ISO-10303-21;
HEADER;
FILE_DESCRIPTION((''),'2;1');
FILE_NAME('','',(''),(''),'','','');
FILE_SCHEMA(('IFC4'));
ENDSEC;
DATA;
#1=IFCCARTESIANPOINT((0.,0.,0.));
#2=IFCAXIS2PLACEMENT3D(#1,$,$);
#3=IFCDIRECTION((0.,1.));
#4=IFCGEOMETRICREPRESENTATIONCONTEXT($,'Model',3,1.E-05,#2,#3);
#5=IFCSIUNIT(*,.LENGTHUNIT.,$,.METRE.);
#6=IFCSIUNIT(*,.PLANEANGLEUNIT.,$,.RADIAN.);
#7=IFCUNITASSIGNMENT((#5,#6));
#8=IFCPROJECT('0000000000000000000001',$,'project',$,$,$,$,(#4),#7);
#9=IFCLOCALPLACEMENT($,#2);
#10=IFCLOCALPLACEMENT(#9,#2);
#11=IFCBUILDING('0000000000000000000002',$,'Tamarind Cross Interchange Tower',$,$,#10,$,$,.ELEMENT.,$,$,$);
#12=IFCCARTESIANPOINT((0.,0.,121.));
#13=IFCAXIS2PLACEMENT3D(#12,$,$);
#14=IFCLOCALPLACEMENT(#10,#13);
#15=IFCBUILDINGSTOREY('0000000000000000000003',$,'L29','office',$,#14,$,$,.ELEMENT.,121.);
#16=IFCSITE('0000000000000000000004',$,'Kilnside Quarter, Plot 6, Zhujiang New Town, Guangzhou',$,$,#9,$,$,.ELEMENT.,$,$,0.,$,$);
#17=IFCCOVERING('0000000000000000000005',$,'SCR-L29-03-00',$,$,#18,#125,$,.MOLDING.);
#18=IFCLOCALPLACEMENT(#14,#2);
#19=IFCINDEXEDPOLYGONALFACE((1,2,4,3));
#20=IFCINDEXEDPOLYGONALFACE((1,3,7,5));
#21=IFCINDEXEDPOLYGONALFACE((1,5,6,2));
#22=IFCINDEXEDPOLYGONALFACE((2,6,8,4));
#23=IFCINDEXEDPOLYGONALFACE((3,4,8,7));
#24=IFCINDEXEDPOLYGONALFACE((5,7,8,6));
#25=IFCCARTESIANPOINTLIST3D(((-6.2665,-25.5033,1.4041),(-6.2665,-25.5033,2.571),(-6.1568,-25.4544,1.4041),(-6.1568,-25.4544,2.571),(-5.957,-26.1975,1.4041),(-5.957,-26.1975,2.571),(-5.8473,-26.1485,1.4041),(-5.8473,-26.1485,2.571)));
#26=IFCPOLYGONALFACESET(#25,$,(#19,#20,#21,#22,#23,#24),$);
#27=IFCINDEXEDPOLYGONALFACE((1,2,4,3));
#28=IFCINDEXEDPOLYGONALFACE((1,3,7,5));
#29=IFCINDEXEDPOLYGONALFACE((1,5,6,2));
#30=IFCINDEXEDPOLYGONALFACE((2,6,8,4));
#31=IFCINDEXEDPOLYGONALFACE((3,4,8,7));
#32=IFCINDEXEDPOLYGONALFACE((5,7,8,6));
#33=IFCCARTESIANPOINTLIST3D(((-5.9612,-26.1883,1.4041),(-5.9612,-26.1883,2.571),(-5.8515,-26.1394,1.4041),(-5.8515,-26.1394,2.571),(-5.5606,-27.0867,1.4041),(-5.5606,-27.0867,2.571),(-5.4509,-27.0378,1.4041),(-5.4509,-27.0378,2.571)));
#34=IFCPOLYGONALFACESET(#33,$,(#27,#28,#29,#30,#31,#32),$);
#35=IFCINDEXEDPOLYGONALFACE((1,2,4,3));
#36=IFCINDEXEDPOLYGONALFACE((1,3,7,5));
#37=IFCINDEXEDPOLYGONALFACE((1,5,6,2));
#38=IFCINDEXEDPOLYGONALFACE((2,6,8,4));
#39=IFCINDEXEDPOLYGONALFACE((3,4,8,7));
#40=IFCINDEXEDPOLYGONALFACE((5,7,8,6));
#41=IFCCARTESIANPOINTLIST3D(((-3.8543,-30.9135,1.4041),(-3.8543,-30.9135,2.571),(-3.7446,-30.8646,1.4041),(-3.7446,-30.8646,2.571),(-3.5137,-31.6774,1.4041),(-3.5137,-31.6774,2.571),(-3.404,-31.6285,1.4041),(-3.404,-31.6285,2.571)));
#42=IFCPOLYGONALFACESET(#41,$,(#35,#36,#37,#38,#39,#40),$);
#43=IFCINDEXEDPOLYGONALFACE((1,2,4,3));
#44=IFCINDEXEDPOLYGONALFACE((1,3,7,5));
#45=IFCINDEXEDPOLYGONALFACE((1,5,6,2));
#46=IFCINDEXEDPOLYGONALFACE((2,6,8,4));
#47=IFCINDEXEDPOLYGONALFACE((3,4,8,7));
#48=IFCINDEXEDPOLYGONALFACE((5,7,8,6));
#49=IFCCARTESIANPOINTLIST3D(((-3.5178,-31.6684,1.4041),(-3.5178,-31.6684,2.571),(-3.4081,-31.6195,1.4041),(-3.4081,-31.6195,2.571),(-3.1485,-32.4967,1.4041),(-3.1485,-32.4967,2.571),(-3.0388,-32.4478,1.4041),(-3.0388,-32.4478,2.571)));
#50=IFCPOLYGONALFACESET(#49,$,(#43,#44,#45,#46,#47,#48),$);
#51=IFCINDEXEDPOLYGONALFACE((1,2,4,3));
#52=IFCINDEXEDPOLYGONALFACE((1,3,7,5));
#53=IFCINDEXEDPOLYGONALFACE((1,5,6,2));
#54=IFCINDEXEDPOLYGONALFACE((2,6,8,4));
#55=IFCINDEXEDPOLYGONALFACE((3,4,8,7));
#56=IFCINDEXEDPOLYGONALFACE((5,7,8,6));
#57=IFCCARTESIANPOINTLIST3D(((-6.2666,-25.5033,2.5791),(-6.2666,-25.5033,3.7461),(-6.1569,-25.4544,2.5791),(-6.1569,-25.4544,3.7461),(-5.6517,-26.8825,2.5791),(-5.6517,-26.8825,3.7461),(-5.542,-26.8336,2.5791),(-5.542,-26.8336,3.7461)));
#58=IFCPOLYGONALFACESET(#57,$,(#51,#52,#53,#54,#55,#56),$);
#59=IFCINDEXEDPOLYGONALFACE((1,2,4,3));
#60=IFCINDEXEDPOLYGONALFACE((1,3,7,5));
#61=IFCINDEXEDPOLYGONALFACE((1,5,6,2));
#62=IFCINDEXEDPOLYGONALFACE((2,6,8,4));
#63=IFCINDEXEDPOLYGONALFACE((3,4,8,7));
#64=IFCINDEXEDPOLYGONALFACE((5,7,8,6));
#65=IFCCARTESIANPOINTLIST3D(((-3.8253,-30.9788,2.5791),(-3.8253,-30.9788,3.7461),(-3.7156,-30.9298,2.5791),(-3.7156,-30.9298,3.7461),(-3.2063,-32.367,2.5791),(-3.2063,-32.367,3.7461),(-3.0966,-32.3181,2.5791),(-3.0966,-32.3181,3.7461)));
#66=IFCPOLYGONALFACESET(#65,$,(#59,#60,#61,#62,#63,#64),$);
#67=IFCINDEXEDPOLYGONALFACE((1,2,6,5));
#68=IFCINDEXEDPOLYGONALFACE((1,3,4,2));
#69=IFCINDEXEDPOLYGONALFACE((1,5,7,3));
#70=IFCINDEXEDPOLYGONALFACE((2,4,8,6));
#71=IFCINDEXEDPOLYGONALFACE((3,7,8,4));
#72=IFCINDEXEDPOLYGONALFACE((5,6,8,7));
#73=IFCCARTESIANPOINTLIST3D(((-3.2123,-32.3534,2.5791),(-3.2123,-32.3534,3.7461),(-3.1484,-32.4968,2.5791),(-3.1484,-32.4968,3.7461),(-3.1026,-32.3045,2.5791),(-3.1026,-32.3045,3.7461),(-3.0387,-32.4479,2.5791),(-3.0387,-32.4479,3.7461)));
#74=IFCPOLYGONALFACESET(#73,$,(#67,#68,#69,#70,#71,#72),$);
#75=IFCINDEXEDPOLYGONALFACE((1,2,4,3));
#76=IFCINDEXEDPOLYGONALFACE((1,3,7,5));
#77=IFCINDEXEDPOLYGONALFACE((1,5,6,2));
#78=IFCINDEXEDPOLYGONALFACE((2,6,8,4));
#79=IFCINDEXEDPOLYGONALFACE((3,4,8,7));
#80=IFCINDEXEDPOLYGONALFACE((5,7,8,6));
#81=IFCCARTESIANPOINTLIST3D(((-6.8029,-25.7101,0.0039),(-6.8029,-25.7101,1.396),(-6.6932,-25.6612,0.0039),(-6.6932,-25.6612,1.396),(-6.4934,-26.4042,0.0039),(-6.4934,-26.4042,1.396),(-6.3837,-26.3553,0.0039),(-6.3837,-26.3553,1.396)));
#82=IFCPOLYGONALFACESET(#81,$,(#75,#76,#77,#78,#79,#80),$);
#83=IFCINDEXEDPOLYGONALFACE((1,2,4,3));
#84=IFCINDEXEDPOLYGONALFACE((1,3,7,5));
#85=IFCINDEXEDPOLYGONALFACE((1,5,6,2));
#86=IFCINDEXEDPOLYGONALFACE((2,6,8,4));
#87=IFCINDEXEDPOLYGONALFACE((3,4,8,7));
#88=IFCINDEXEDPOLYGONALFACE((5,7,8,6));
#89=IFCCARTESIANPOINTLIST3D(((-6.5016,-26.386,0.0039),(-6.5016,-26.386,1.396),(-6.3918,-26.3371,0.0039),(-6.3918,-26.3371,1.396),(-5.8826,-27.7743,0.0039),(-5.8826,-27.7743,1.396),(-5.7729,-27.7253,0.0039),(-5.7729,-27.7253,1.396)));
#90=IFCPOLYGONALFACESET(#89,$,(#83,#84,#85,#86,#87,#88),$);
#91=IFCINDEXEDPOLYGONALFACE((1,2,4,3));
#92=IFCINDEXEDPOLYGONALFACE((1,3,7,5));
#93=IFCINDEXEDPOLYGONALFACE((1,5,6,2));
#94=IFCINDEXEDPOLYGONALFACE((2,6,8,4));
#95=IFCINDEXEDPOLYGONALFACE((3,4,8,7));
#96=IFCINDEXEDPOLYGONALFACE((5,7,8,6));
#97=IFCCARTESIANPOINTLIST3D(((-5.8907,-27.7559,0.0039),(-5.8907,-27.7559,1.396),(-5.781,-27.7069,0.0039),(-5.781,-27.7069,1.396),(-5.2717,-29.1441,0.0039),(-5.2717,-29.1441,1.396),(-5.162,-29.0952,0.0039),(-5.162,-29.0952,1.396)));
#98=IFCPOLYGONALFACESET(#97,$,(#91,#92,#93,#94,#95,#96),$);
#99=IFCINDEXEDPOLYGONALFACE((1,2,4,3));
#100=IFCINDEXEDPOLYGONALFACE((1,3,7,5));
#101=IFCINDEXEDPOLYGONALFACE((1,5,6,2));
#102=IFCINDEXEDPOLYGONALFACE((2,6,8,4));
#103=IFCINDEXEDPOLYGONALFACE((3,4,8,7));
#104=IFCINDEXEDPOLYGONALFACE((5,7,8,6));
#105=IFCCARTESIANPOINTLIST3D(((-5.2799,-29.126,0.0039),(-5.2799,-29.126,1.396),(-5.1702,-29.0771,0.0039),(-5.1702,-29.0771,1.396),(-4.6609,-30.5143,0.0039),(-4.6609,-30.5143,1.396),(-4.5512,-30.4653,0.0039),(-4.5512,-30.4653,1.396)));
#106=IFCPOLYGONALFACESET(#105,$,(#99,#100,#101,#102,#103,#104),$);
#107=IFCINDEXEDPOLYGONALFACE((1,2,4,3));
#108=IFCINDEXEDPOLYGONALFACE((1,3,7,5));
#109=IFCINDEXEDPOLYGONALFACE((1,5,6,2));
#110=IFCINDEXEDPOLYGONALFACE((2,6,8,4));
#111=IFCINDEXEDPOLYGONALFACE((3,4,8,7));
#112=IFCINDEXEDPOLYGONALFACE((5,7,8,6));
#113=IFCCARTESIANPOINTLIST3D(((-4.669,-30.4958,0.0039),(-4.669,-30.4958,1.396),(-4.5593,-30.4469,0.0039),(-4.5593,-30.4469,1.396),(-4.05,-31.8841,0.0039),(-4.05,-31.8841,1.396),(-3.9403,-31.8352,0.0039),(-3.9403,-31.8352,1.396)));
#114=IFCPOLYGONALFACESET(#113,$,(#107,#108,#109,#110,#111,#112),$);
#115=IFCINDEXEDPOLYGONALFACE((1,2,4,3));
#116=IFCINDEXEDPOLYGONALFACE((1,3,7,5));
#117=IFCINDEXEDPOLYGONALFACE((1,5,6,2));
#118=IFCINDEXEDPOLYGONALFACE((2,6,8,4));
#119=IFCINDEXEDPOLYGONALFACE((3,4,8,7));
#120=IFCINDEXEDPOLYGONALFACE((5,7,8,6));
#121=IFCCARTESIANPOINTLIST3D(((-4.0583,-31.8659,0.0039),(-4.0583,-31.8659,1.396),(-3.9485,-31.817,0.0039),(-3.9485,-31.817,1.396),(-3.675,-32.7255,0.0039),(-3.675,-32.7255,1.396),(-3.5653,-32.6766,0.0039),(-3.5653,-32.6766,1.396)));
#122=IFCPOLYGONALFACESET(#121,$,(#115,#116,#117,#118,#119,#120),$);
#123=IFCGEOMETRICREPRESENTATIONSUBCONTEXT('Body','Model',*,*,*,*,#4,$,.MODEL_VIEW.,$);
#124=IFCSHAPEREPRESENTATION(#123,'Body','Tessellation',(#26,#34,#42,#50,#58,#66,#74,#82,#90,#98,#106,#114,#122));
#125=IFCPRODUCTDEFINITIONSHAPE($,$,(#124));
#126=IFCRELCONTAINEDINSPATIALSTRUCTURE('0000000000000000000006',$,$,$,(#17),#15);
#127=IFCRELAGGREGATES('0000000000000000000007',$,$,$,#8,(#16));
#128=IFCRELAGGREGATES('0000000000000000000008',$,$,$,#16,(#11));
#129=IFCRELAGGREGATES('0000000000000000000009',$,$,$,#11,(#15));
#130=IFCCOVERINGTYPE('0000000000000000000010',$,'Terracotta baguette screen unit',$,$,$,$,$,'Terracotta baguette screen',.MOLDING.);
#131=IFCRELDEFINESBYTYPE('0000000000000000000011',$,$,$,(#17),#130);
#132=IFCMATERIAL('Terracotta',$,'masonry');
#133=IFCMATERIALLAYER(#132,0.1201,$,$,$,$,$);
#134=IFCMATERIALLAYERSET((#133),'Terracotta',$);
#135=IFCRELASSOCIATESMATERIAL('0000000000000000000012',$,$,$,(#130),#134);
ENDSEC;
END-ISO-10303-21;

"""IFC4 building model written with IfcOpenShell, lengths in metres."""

from ifc_helpers import new_model, si_unit, direction, frame, origin, origin_2d, place, context, subcontext, project, spatial, rectangle, extrude, material, layer, layer_set, type_object, element, save


model = new_model("IFC4")

# Units and contexts
model_context = context("Model", 3, precision=1e-05, world=origin(), true_north=direction((0.0, 1.0)))
body_context = subcontext(model_context, "Body", "Model", "MODEL_VIEW")
ifc_project = project(units=[si_unit("LENGTHUNIT", "METRE"), si_unit("PLANEANGLEUNIT", "RADIAN")], contexts=[model_context])

# Site, building, storey
site_placement = place(None, origin())
site = spatial("IfcSite", under=ifc_project, at=site_placement, Name="Kilnside Quarter, Plot 6, Zhujiang New Town, Guangzhou", CompositionType="ELEMENT", RefElevation=0.0)
building_placement = place(site_placement, origin())
building = spatial("IfcBuilding", under=site, at=building_placement, Name="Tamarind Cross Interchange Tower", CompositionType="ELEMENT")
storey_placement = place(building_placement, frame((0.0, 0.0, 121.0)))
storey = spatial("IfcBuildingStorey", under=building, at=storey_placement, Name="L29", Description="office", CompositionType="ELEMENT", Elevation=121.0)

# Covering
ifc_material_1 = material(Name="Terracotta", Category="masonry")
ifc_layer_1 = layer(ifc_material_1, 0.1201)
ifc_layer_set_1 = layer_set([ifc_layer_1], Name="Terracotta")
covering_type = type_object("IfcCoveringType", Name="Terracotta baguette screen unit", ElementType="Terracotta baguette screen", PredefinedType="MOLDING", material=ifc_layer_set_1)
covering_1_placement = place(storey_placement, origin())
element("IfcCovering", 1, at=covering_1_placement, inside=storey, type_object=covering_type, Name="SCR-L29-03-00", PredefinedType="MOLDING", context=body_context, shape_type="SweptSolid", body=[
    extrude(rectangle(XDim=0.76, YDim=0.1201, at=origin_2d()), frame((-6.0569, -25.8259, 1.4041), z_axis=(0.0, 0.0, 1.0), x_axis=(0.407221, -0.91333, 0.0)), (0.0, 0.0, 1.0), 1.167),
    extrude(rectangle(XDim=0.9836, YDim=0.1201, at=origin_2d()), frame((-5.7061, -26.613, 1.4041), z_axis=(0.0, 0.0, 1.0), x_axis=(0.407221, -0.91333, 0.0)), (0.0, 0.0, 1.0), 1.167),
    extrude(rectangle(XDim=0.8364, YDim=0.1201, at=origin_2d()), frame((-3.6292, -31.271, 1.4041), z_axis=(0.0, 0.0, 1.0), x_axis=(0.407221, -0.91333, 0.0)), (0.0, 0.0, 1.0), 1.167),
    extrude(rectangle(XDim=0.907, YDim=0.1201, at=origin_2d()), frame((-3.2783, -32.0581, 1.4041), z_axis=(0.0, 0.0, 1.0), x_axis=(0.407221, -0.91333, 0.0)), (0.0, 0.0, 1.0), 1.167),
    extrude(rectangle(XDim=1.51, YDim=0.1201, at=origin_2d()), frame((-5.9043, -26.1685, 2.5791), z_axis=(0.0, 0.0, 1.0), x_axis=(0.407221, -0.91333, 0.0)), (0.0, 0.0, 1.0), 1.167),
    extrude(rectangle(XDim=1.52, YDim=0.1201, at=origin_2d()), frame((-3.4609, -31.6484, 2.5791), z_axis=(0.0, 0.0, 1.0), x_axis=(0.407221, -0.91333, 0.0)), (0.0, 0.0, 1.0), 1.167),
    extrude(rectangle(XDim=0.157, YDim=0.1201, at=origin_2d()), frame((-3.1255, -32.4006, 2.5791), z_axis=(0.0, 0.0, 1.0), x_axis=(0.407221, -0.91333, 0.0)), (0.0, 0.0, 1.0), 1.167),
    extrude(rectangle(XDim=0.76, YDim=0.1201, at=origin_2d()), frame((-6.5933, -26.0327, 0.0039), z_axis=(0.0, 0.0, 1.0), x_axis=(0.407221, -0.91333, 0.0)), (0.0, 0.0, 1.0), 1.3921),
    extrude(rectangle(XDim=1.52, YDim=0.1201, at=origin_2d()), frame((-6.1372, -27.0557, 0.0039), z_axis=(0.0, 0.0, 1.0), x_axis=(0.407221, -0.91333, 0.0)), (0.0, 0.0, 1.0), 1.3921),
    extrude(rectangle(XDim=1.52, YDim=0.1201, at=origin_2d()), frame((-5.5264, -28.4255, 0.0039), z_axis=(0.0, 0.0, 1.0), x_axis=(0.407221, -0.91333, 0.0)), (0.0, 0.0, 1.0), 1.3921),
    extrude(rectangle(XDim=1.52, YDim=0.1201, at=origin_2d()), frame((-4.9155, -29.7957, 0.0039), z_axis=(0.0, 0.0, 1.0), x_axis=(0.407221, -0.91333, 0.0)), (0.0, 0.0, 1.0), 1.3921),
    extrude(rectangle(XDim=1.52, YDim=0.1201, at=origin_2d()), frame((-4.3047, -31.1655, 0.0039), z_axis=(0.0, 0.0, 1.0), x_axis=(0.407221, -0.91333, 0.0)), (0.0, 0.0, 1.0), 1.3921),
    extrude(rectangle(XDim=0.9412, YDim=0.1201, at=origin_2d()), frame((-3.8118, -32.2712, 0.0039), z_axis=(0.0, 0.0, 1.0), x_axis=(0.407221, -0.91333, 0.0)), (0.0, 0.0, 1.0), 1.3921),
])

save(model, "model.ifc")
